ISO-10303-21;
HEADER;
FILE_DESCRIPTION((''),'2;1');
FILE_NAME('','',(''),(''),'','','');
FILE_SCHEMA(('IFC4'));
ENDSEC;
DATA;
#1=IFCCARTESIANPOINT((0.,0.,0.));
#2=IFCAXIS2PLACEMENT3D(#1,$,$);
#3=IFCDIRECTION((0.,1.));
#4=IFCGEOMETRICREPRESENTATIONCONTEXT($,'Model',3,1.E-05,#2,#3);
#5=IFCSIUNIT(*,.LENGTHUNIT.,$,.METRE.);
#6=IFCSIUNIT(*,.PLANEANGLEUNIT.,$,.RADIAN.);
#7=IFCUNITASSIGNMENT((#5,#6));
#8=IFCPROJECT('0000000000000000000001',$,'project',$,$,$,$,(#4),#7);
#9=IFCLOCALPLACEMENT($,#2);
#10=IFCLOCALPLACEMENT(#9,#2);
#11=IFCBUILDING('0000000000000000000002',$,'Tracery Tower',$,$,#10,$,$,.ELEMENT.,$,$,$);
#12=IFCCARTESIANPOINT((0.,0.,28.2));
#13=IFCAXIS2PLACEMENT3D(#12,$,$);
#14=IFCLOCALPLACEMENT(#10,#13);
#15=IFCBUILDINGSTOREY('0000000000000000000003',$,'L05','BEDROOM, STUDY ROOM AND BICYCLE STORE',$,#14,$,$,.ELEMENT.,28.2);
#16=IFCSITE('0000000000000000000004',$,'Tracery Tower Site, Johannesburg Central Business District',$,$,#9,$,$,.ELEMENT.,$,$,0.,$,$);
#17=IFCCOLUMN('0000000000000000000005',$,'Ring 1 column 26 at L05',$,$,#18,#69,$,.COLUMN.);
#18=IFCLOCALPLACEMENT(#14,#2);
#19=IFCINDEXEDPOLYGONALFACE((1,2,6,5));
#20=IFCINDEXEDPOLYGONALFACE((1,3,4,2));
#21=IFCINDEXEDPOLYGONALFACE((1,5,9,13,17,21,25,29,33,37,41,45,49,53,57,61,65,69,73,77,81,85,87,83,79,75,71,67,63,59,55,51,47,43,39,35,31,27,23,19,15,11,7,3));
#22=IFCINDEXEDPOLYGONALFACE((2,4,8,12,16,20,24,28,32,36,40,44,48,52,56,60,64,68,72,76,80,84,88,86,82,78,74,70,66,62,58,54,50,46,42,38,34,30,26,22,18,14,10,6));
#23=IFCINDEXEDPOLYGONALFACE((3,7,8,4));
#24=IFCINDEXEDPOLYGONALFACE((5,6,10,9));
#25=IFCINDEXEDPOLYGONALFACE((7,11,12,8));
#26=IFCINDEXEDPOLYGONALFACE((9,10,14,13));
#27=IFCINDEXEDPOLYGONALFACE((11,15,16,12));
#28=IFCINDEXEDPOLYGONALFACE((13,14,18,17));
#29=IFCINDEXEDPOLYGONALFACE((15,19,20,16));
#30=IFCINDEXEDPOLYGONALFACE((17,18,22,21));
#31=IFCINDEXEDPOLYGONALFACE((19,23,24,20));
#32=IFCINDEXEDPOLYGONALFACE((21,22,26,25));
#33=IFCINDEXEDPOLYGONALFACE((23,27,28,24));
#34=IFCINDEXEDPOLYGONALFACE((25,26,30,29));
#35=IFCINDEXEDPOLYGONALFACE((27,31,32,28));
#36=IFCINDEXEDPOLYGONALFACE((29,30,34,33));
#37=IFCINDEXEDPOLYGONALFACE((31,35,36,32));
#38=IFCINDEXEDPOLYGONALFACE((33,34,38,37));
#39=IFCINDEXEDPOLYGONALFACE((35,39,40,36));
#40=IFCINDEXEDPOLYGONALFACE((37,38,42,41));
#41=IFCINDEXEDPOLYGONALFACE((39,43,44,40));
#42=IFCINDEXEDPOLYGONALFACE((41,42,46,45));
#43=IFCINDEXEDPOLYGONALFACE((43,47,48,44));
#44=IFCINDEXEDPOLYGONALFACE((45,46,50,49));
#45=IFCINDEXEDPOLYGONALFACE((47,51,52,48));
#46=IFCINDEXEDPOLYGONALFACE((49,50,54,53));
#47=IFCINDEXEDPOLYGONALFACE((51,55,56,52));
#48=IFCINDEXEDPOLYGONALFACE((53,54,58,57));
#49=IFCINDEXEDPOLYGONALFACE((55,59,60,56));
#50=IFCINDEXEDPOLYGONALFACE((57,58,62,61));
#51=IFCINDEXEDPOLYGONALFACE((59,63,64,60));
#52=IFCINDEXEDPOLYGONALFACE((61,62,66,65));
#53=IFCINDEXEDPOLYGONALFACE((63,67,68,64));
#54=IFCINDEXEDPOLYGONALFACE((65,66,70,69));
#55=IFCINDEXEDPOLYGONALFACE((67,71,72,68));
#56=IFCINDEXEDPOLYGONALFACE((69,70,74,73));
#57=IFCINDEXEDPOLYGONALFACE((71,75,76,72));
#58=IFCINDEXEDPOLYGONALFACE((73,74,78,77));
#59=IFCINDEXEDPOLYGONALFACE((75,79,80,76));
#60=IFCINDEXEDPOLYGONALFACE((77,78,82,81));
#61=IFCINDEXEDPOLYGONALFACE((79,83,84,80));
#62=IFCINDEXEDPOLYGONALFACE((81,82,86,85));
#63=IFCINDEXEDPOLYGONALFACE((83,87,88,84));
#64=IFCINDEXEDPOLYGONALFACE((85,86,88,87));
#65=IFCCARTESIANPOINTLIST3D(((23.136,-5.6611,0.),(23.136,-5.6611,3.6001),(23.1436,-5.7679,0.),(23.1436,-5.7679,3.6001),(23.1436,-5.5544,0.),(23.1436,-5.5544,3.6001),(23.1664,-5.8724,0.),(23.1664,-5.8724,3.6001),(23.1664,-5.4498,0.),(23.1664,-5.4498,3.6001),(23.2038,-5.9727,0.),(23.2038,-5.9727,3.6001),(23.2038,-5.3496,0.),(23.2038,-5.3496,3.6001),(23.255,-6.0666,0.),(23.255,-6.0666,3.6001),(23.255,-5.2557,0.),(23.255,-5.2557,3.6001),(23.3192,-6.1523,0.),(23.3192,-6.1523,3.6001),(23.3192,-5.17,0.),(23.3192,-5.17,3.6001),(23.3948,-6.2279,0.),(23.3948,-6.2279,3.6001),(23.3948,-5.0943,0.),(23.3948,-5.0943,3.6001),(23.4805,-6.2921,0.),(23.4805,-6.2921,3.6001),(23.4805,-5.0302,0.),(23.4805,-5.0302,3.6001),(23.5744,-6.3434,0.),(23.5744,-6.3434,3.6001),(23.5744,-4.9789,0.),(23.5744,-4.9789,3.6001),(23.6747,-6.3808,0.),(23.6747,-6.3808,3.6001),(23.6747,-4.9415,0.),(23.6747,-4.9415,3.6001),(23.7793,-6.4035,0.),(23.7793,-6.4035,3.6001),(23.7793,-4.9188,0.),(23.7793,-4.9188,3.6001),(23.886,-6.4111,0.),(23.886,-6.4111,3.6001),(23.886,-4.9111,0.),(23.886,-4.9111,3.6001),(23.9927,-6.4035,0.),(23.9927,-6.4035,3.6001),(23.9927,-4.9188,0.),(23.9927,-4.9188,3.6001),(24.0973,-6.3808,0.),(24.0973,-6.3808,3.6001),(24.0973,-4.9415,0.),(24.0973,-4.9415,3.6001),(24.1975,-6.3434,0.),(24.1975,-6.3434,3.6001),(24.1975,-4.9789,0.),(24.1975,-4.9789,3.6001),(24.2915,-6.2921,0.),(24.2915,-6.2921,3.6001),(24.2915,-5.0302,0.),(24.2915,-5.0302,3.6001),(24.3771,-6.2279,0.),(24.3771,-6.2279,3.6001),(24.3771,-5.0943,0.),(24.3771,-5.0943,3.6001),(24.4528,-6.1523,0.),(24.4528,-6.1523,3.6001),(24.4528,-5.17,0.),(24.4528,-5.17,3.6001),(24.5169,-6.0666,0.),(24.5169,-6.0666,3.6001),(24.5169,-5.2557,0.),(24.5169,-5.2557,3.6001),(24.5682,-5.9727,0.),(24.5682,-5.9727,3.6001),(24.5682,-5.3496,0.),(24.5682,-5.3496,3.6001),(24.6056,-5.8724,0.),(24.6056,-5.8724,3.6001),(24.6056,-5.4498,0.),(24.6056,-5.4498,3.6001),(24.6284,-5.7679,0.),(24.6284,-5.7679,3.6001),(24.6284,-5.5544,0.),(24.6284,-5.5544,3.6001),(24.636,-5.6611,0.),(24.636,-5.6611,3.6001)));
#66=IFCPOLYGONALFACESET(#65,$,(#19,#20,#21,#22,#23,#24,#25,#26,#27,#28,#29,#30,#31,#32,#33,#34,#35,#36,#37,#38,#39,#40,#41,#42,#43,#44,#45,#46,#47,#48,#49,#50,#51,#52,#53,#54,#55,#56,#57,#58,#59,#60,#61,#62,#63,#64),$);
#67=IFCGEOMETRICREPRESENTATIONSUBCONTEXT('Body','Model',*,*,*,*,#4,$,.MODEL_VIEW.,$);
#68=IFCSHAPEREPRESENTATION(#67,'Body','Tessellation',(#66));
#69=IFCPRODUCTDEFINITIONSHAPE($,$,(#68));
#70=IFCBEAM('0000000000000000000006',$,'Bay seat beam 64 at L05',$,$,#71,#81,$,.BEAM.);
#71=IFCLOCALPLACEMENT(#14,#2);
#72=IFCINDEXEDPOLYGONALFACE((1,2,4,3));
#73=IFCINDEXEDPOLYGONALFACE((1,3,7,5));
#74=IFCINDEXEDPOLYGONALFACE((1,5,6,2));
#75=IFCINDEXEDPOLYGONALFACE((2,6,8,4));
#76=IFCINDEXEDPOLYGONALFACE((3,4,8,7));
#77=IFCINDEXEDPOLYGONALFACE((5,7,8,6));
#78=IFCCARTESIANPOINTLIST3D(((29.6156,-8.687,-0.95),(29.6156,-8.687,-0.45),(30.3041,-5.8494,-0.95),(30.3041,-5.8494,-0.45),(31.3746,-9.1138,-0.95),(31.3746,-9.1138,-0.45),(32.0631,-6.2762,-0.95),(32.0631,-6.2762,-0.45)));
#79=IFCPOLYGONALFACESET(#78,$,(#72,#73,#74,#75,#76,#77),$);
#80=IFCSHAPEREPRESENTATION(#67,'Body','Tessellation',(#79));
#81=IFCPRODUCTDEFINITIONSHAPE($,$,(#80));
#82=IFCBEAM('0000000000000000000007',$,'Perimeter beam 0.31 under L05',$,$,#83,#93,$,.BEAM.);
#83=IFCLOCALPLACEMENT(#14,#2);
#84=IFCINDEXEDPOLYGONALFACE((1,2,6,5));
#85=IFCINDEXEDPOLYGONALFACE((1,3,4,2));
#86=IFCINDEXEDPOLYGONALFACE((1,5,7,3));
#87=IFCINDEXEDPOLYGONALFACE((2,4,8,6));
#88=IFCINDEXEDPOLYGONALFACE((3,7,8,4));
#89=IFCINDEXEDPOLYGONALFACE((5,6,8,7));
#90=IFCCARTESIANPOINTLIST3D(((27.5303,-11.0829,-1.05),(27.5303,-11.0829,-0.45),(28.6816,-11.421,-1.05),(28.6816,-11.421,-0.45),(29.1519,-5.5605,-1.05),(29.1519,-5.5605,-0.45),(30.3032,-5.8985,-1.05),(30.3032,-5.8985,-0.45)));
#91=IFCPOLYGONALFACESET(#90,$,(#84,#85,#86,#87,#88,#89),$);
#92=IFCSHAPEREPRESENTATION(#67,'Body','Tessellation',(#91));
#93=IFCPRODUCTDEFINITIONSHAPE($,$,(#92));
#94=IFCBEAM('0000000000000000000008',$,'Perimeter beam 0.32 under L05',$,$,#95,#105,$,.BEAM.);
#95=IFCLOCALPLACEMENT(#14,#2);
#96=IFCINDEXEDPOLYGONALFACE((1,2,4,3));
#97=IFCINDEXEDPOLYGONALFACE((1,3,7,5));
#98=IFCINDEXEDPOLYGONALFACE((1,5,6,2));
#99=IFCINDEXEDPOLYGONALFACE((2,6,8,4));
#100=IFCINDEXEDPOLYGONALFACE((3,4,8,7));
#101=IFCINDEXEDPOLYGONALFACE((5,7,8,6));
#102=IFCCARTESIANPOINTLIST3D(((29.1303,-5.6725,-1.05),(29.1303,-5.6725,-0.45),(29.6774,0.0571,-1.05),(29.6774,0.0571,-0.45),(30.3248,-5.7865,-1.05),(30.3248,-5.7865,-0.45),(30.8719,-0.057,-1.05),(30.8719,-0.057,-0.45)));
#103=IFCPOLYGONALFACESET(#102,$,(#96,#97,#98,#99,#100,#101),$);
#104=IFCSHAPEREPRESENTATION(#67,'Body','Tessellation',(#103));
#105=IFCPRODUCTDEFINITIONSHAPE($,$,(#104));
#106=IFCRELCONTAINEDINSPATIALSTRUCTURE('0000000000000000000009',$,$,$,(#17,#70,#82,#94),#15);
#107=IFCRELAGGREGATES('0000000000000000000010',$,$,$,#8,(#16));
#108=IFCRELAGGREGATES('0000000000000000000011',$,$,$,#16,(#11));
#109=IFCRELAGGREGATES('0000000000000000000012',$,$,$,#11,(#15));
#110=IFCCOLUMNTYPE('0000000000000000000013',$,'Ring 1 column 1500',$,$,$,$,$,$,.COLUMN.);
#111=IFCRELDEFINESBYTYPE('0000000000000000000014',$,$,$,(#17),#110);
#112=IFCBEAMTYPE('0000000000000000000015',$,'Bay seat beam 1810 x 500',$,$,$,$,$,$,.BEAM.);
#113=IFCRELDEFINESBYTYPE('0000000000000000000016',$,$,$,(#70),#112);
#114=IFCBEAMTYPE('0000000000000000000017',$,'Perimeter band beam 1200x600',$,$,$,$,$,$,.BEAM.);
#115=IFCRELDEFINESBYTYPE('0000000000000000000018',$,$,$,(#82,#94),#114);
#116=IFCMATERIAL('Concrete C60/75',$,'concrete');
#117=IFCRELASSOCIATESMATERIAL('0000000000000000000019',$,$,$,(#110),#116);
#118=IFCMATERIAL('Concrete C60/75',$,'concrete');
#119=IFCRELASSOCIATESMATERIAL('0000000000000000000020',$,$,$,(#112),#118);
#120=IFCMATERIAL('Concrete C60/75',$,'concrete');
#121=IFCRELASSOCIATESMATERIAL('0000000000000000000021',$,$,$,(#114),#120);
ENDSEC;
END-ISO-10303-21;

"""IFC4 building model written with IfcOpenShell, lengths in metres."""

from ifc_helpers import new_model, si_unit, direction, frame, origin, origin_2d, place, context, subcontext, project, spatial, rectangle, circle, extrude, material, material_profile, profile_set, type_object, element, save


model = new_model("IFC4")

# Units and contexts
model_context = context("Model", 3, precision=1e-05, world=origin(), true_north=direction((0.0, 1.0)))
body_context = subcontext(model_context, "Body", "Model", "MODEL_VIEW")
ifc_project = project(units=[si_unit("LENGTHUNIT", "METRE"), si_unit("PLANEANGLEUNIT", "RADIAN")], contexts=[model_context])

# Site, building, storey
site_placement = place(None, origin())
site = spatial("IfcSite", under=ifc_project, at=site_placement, Name="Tracery Tower Site, Johannesburg Central Business District", CompositionType="ELEMENT", RefElevation=0.0)
building_placement = place(site_placement, origin())
building = spatial("IfcBuilding", under=site, at=building_placement, Name="Tracery Tower", CompositionType="ELEMENT")
storey_placement = place(building_placement, frame((0.0, 0.0, 28.2)))
storey = spatial("IfcBuildingStorey", under=building, at=storey_placement, Name="L05", Description="BEDROOM, STUDY ROOM AND BICYCLE STORE", CompositionType="ELEMENT", Elevation=28.2)

# Column
ifc_material_1 = material(Name="Concrete C60/75", Category="concrete")
ifc_material_profile_1 = material_profile(ifc_material_1, circle(Radius=0.75, at=origin_2d()), Name="RC D1500")
ifc_profile_set_1 = profile_set([ifc_material_profile_1], Name="Concrete C60/75")
column_type_1 = type_object("IfcColumnType", Name="Ring 1 column 1500", PredefinedType="COLUMN", material=ifc_profile_set_1)
for number, where, z_axis, x_axis, name in (
    (1, (23.886, -5.6611, 0.0), (0.0, 0.0, 1.0), (1.0, 0.0, 0.0), "Ring 1 column 26 at L05"),
):
    element("IfcColumn", number, at=place(storey_placement, frame(where, z_axis=z_axis, x_axis=x_axis)), inside=storey, type_object=column_type_1, Name=name, PredefinedType="COLUMN", context=body_context, shape_type="SweptSolid", body=[
        extrude(circle(Radius=0.75, at=origin_2d()), origin(), (0.0, 0.0, 1.0), 3.6001),
    ])

# Beams
ifc_material_2 = material(Name="Concrete C60/75", Category="concrete")
ifc_material_profile_2 = material_profile(ifc_material_2, rectangle(XDim=1.8101, YDim=0.5, at=origin_2d()), Name="RC 1810x500")
ifc_profile_set_2 = profile_set([ifc_material_profile_2], Name="Concrete C60/75")
beam_type_1 = type_object("IfcBeamType", Name="Bay seat beam 1810 x 500", PredefinedType="BEAM", material=ifc_profile_set_2)
beam_placement = place(storey_placement, frame((30.4951, -8.9004, -0.7), z_axis=(0.235782, 0.971806, 0.0), x_axis=(-0.971806, 0.235782, 0.0)))
element("IfcBeam", 2, at=beam_placement, inside=storey, type_object=beam_type_1, Name="Bay seat beam 64 at L05", PredefinedType="BEAM", context=body_context, shape_type="SweptSolid", body=[
    extrude(rectangle(XDim=1.8101, YDim=0.5, at=origin_2d()), origin(), (0.0, 0.0, 1.0), 2.9199),
])
ifc_material_3 = material(Name="Concrete C60/75", Category="concrete")
ifc_material_profile_3 = material_profile(ifc_material_3, rectangle(XDim=1.2, YDim=0.6001, at=origin_2d()), Name="RC 1200x600")
ifc_profile_set_3 = profile_set([ifc_material_profile_3], Name="Concrete C60/75")
beam_type_2 = type_object("IfcBeamType", Name="Perimeter band beam 1200x600", PredefinedType="BEAM", material=ifc_profile_set_3)
for number, where, z_axis, x_axis, name in (
    (3, (28.106, -11.252, -0.75), (0.281739, 0.959491, 0.0), (-0.959491, 0.281739, 0.0), "Perimeter beam 0.31 under L05"),
    (4, (29.7275, -5.7295, -0.75), (0.095059, 0.995472, 0.0), (-0.995472, 0.095059, 0.0), "Perimeter beam 0.32 under L05"),
):
    element("IfcBeam", number, at=place(storey_placement, frame(where, z_axis=z_axis, x_axis=x_axis)), inside=storey, type_object=beam_type_2, Name=name, PredefinedType="BEAM", context=body_context, shape_type="SweptSolid", body=[
        extrude(rectangle(XDim=1.2, YDim=0.6001, at=origin_2d()), origin(), (0.0, 0.0, 1.0), 5.7556),
    ])

save(model, "model.ifc")
